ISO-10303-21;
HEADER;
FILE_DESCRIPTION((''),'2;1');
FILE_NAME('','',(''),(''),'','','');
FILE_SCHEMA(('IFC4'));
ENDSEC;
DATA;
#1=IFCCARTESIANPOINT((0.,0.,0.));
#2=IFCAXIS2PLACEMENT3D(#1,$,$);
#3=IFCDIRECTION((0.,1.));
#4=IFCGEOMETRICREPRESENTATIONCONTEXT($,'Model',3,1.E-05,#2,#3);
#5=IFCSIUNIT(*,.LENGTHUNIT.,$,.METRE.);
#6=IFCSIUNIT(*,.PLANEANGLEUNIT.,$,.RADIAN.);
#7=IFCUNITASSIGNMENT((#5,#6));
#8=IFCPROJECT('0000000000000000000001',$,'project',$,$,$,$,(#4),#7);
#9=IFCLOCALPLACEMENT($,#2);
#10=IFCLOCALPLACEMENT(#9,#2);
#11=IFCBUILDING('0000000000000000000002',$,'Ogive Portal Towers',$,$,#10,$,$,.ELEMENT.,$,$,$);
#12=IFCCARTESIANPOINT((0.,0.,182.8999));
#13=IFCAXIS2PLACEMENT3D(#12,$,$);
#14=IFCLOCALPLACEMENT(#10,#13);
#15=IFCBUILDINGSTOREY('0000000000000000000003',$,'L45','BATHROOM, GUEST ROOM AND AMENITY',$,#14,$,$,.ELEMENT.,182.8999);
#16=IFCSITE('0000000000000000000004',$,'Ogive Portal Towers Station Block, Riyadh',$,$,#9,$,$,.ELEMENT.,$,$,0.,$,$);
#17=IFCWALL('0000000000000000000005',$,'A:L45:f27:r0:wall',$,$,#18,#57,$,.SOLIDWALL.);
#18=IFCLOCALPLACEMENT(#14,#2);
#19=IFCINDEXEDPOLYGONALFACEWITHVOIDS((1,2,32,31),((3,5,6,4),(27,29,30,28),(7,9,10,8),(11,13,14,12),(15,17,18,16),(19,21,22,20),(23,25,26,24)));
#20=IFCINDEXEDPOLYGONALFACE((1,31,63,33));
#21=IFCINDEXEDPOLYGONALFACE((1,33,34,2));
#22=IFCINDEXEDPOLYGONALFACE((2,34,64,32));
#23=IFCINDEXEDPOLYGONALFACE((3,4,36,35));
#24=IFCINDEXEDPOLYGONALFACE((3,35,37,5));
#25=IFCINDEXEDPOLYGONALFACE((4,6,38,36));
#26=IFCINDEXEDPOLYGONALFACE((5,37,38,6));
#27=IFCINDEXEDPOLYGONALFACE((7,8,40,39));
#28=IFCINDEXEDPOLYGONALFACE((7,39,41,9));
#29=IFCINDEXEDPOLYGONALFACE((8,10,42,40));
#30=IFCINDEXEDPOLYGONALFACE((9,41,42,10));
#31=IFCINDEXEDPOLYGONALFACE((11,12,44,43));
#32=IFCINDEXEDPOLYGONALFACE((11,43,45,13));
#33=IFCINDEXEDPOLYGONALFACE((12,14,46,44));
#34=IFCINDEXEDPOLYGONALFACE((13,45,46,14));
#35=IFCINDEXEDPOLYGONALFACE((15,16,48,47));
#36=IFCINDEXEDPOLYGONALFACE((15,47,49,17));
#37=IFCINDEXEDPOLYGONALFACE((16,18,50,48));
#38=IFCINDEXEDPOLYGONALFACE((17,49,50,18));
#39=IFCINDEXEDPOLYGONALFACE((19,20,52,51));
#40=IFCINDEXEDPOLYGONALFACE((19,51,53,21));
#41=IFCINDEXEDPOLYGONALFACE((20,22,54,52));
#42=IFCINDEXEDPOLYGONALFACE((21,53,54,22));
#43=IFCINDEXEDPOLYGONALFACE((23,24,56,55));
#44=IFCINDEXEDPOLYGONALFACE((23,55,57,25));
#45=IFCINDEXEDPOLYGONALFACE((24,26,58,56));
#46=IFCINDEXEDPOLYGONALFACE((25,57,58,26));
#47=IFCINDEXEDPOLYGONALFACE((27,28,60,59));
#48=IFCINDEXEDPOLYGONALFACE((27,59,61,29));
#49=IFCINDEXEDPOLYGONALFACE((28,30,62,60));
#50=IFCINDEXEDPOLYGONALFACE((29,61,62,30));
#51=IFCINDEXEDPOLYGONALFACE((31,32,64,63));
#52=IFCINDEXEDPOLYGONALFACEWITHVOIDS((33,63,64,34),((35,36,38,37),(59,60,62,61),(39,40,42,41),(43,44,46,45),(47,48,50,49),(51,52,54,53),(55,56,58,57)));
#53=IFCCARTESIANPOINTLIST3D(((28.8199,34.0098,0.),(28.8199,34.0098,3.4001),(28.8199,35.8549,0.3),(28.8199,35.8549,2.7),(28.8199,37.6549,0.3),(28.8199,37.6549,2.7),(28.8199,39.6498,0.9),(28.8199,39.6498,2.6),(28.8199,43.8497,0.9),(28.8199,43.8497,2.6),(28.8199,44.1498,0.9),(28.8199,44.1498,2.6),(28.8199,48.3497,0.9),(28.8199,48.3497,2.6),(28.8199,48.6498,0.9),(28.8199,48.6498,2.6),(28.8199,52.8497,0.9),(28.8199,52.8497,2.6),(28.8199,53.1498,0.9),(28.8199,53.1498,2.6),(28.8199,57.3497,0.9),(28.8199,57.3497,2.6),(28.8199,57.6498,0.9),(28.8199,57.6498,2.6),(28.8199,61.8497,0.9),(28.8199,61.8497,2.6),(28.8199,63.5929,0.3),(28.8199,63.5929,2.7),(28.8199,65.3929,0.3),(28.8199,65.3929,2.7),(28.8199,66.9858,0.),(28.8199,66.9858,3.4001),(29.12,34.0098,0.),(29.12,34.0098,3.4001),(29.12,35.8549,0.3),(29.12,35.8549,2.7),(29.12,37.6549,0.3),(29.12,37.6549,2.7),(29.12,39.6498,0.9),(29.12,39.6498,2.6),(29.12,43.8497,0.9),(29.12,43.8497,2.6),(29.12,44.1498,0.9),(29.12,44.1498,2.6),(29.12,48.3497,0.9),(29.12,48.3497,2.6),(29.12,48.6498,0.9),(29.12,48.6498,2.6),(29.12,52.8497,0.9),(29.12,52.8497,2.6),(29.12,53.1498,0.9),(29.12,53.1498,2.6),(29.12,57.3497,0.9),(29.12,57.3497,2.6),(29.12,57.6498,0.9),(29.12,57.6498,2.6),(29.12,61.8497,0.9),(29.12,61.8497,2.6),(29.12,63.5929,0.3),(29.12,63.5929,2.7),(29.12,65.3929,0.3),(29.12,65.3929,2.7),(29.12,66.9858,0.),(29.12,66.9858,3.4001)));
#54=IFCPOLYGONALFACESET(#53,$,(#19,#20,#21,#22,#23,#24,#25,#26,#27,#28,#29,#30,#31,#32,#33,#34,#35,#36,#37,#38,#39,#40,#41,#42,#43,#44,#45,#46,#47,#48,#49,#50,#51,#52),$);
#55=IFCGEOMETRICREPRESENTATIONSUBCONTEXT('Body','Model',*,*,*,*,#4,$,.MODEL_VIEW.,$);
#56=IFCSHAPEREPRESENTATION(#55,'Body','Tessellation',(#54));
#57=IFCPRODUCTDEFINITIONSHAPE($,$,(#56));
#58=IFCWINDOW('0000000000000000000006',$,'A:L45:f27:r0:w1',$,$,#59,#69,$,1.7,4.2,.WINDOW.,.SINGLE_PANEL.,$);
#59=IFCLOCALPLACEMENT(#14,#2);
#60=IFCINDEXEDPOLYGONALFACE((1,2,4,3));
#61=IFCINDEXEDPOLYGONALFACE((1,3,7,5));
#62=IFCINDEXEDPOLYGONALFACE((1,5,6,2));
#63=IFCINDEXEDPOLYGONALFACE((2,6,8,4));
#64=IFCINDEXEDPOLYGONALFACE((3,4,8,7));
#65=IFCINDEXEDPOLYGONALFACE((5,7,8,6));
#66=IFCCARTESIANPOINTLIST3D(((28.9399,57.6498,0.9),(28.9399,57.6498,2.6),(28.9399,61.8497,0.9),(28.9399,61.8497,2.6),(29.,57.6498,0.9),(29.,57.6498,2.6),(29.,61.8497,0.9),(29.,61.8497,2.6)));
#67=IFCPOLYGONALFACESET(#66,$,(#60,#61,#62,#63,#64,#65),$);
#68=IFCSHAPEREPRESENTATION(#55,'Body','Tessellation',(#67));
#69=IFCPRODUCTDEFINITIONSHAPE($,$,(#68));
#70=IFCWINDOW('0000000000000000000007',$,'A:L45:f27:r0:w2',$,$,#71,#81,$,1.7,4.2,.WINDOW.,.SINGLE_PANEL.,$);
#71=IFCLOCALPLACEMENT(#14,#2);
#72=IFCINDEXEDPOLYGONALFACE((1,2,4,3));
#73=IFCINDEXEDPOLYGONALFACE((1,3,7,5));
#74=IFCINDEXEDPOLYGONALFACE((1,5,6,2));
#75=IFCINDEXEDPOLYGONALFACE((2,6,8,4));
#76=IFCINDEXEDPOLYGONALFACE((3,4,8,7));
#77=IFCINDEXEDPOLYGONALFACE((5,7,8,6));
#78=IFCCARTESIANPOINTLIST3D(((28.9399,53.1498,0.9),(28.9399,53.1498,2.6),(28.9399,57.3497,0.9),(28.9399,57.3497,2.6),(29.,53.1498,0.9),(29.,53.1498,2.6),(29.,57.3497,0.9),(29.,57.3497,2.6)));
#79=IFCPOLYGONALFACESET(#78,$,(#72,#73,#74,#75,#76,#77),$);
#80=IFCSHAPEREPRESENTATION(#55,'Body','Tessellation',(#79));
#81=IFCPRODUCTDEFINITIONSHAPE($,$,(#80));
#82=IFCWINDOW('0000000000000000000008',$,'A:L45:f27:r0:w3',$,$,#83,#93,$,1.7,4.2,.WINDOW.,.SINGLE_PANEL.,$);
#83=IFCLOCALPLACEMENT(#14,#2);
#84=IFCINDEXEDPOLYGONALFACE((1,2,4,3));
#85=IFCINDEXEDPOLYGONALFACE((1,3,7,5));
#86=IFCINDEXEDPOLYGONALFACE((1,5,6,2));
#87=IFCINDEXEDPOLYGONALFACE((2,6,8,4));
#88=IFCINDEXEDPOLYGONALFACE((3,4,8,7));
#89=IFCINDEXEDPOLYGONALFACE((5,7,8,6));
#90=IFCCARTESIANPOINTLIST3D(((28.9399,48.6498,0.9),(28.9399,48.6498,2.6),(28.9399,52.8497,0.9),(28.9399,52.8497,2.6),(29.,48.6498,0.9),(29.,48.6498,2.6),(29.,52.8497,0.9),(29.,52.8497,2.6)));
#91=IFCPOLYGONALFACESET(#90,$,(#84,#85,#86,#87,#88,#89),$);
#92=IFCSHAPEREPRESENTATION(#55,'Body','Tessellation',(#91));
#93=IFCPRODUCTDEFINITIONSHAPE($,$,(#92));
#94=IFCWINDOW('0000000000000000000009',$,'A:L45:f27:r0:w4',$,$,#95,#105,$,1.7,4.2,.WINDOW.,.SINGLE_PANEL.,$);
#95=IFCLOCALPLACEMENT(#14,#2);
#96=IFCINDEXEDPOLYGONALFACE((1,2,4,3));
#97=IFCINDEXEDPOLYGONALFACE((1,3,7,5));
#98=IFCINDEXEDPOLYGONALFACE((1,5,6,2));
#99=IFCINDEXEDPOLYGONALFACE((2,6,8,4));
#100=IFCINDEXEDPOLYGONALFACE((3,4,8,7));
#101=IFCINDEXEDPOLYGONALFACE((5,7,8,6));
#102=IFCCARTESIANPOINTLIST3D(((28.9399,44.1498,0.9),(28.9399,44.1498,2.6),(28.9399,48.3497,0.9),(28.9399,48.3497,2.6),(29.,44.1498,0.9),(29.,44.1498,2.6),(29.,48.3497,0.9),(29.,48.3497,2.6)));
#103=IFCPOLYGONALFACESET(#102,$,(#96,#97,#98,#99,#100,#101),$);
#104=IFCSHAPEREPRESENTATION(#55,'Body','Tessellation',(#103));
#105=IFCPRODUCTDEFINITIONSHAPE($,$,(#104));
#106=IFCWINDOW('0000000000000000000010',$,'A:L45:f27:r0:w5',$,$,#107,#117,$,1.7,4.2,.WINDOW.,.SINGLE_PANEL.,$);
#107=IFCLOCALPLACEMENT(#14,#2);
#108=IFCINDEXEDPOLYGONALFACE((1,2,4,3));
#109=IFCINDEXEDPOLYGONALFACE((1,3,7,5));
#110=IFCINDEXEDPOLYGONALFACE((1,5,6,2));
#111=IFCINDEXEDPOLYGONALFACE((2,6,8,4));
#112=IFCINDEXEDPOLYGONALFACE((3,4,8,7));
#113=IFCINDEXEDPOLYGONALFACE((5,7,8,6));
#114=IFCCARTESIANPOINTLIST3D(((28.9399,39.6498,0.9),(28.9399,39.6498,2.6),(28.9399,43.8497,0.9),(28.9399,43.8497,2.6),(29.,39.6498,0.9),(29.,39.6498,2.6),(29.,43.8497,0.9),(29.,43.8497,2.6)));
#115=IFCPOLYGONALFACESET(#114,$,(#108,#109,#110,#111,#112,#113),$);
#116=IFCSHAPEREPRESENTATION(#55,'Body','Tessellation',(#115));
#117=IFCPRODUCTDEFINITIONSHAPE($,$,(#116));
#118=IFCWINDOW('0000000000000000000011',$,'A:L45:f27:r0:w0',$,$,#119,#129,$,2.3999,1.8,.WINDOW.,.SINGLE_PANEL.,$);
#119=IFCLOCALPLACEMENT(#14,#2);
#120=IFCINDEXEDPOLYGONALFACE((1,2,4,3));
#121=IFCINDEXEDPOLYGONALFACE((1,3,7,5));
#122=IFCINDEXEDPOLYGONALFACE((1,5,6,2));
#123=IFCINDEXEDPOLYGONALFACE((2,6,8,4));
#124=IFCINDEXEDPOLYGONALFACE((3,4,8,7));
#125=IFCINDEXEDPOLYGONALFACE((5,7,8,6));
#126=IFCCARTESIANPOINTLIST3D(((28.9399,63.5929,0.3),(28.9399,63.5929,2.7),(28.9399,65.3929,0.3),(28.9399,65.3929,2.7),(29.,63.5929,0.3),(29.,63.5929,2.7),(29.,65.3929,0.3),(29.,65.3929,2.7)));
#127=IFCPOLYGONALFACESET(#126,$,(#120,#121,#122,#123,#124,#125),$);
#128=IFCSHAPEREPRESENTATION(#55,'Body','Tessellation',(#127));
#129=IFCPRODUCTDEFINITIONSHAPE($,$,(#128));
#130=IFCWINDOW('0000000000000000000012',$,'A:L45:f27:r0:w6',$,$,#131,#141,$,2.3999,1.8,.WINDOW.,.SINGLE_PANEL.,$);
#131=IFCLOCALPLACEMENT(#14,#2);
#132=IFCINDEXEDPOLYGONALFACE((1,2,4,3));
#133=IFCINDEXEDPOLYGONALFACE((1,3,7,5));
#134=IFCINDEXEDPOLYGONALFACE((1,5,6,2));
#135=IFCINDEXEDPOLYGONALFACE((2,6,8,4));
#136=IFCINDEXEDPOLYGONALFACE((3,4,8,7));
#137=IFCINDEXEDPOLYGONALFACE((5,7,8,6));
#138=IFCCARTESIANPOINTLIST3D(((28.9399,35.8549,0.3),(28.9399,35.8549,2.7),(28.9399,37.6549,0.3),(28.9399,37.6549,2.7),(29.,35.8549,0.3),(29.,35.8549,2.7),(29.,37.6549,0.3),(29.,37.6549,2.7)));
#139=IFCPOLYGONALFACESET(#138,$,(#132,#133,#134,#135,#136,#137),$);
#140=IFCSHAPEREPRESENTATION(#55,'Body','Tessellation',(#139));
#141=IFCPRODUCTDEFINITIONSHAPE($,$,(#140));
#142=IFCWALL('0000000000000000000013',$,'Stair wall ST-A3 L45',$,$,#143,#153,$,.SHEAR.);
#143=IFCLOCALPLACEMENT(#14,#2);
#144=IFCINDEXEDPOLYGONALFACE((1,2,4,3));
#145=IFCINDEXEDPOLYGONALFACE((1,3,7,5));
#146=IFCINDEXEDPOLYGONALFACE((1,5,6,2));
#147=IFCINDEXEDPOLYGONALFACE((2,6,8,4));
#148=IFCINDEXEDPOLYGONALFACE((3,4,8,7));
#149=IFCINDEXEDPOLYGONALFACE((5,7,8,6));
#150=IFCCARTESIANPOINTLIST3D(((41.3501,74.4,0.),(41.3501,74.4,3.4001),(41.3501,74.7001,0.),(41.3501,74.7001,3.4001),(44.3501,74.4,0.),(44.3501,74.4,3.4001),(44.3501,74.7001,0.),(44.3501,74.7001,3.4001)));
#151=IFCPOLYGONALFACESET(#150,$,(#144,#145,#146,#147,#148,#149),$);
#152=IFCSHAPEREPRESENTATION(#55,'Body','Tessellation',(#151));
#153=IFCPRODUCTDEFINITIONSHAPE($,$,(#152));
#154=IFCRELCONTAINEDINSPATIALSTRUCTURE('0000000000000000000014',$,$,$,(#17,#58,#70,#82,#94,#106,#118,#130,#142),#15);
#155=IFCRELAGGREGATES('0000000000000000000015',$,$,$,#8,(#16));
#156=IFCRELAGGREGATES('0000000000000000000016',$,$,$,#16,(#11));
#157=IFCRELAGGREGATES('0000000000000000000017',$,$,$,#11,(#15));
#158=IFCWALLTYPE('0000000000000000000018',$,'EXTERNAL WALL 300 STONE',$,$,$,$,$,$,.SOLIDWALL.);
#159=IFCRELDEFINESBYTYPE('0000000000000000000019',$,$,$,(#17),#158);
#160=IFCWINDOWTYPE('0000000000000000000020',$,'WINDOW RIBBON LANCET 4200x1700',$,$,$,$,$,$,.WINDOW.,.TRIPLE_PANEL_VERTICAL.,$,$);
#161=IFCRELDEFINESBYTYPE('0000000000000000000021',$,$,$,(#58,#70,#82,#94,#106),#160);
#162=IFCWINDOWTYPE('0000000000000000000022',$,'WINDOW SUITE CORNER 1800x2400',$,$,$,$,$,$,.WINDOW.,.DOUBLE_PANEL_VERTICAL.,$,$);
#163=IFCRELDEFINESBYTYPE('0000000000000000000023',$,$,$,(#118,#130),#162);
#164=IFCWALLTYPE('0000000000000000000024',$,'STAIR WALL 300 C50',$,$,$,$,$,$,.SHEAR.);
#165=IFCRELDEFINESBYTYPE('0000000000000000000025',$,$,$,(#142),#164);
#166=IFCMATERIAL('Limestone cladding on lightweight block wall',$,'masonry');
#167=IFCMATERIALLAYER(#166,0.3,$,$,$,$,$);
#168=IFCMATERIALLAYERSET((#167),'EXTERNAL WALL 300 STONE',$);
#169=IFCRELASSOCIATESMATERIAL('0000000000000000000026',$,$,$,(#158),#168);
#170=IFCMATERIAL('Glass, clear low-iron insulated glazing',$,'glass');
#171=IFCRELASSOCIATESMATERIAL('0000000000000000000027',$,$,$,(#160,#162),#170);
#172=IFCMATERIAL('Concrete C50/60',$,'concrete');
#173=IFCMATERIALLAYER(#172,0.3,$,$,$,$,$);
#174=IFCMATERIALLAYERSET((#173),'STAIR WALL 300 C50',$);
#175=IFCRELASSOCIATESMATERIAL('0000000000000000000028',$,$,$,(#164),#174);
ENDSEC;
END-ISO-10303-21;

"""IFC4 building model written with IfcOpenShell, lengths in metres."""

from ifc_helpers import new_model, si_unit, direction, frame, frame_2d, origin, place, context, subcontext, project, spatial, rectangle, extrude, material, layer, layer_set, type_object, element, fill, save


model = new_model("IFC4")

# Units and contexts
model_context = context("Model", 3, precision=1e-05, world=origin(), true_north=direction((0.0, 1.0)))
body_context = subcontext(model_context, "Body", "Model", "MODEL_VIEW")
ifc_project = project(units=[si_unit("LENGTHUNIT", "METRE"), si_unit("PLANEANGLEUNIT", "RADIAN")], contexts=[model_context])

# Site, building, storey
site_placement = place(None, origin())
site = spatial("IfcSite", under=ifc_project, at=site_placement, Name="Ogive Portal Towers Station Block, Riyadh", CompositionType="ELEMENT", RefElevation=0.0)
building_placement = place(site_placement, origin())
building = spatial("IfcBuilding", under=site, at=building_placement, Name="Ogive Portal Towers", CompositionType="ELEMENT")
storey_placement = place(building_placement, frame((0.0, 0.0, 182.8999)))
storey = spatial("IfcBuildingStorey", under=building, at=storey_placement, Name="L45", Description="BATHROOM, GUEST ROOM AND AMENITY", CompositionType="ELEMENT", Elevation=182.8999)

# Shared definitions
ifc_material_1 = material(Name="Glass, clear low-iron insulated glazing", Category="glass")

# Wall, openings, windows
ifc_material_2 = material(Name="Limestone cladding on lightweight block wall", Category="masonry")
ifc_layer_1 = layer(ifc_material_2, 0.3)
ifc_layer_set_1 = layer_set([ifc_layer_1], Name="EXTERNAL WALL 300 STONE")
wall_type_1 = type_object("IfcWallType", Name="EXTERNAL WALL 300 STONE", PredefinedType="SOLIDWALL", material=ifc_layer_set_1)
wall_1_placement = place(storey_placement, frame((28.97, 66.9858, 0.0), z_axis=(0.0, 0.0, 1.0), x_axis=(0.0, -1.0, 0.0)))
wall_1 = element("IfcWall", 1, at=wall_1_placement, inside=storey, type_object=wall_type_1, Name="A:L45:f27:r0:wall", PredefinedType="SOLIDWALL", context=body_context, shape_type="SweptSolid", body=[
    extrude(rectangle(XDim=32.9761, YDim=0.3, at=frame_2d((16.488, 0.0))), origin(), (0.0, 0.0, 1.0), 3.4001),
])
opening_1_placement = place(wall_1_placement, frame((1.593, 0.0, 0.3)))
opening_1 = element("IfcOpeningElement", 2, at=opening_1_placement, cuts=wall_1, PredefinedType="OPENING", context=body_context, shape_type="SweptSolid", body=[
    extrude(rectangle(XDim=1.8, YDim=2.3999, at=frame_2d((0.8999, 1.2))), frame((0.0, 0.1602, 0.0), z_axis=(0.0, -1.0, 0.0), x_axis=(1.0, 0.0, 0.0)), (0.0, 0.0, 1.0), 0.3201),
])
opening_2_placement = place(wall_1_placement, frame((5.136, 0.0, 0.8999)))
opening_2 = element("IfcOpeningElement", 3, at=opening_2_placement, cuts=wall_1, PredefinedType="OPENING", context=body_context, shape_type="SweptSolid", body=[
    extrude(rectangle(XDim=4.2, YDim=1.7, at=frame_2d((2.1001, 0.8501))), frame((0.0, 0.1602, 0.0), z_axis=(0.0, -1.0, 0.0), x_axis=(1.0, 0.0, 0.0)), (0.0, 0.0, 1.0), 0.3201),
])
opening_3_placement = place(wall_1_placement, frame((9.636, 0.0, 0.8999)))
opening_3 = element("IfcOpeningElement", 4, at=opening_3_placement, cuts=wall_1, PredefinedType="OPENING", context=body_context, shape_type="SweptSolid", body=[
    extrude(rectangle(XDim=4.2, YDim=1.7, at=frame_2d((2.1001, 0.8501))), frame((0.0, 0.1602, 0.0), z_axis=(0.0, -1.0, 0.0), x_axis=(1.0, 0.0, 0.0)), (0.0, 0.0, 1.0), 0.3201),
])
opening_4_placement = place(wall_1_placement, frame((14.136, 0.0, 0.8999)))
opening_4 = element("IfcOpeningElement", 5, at=opening_4_placement, cuts=wall_1, PredefinedType="OPENING", context=body_context, shape_type="SweptSolid", body=[
    extrude(rectangle(XDim=4.2, YDim=1.7, at=frame_2d((2.1001, 0.8501))), frame((0.0, 0.1602, 0.0), z_axis=(0.0, -1.0, 0.0), x_axis=(1.0, 0.0, 0.0)), (0.0, 0.0, 1.0), 0.3201),
])
opening_5_placement = place(wall_1_placement, frame((18.636, 0.0, 0.8999)))
opening_5 = element("IfcOpeningElement", 6, at=opening_5_placement, cuts=wall_1, PredefinedType="OPENING", context=body_context, shape_type="SweptSolid", body=[
    extrude(rectangle(XDim=4.2, YDim=1.7, at=frame_2d((2.1001, 0.8501))), frame((0.0, 0.1602, 0.0), z_axis=(0.0, -1.0, 0.0), x_axis=(1.0, 0.0, 0.0)), (0.0, 0.0, 1.0), 0.3201),
])
opening_6_placement = place(wall_1_placement, frame((23.136, 0.0, 0.8999)))
opening_6 = element("IfcOpeningElement", 7, at=opening_6_placement, cuts=wall_1, PredefinedType="OPENING", context=body_context, shape_type="SweptSolid", body=[
    extrude(rectangle(XDim=4.2, YDim=1.7, at=frame_2d((2.1001, 0.8501))), frame((0.0, 0.1602, 0.0), z_axis=(0.0, -1.0, 0.0), x_axis=(1.0, 0.0, 0.0)), (0.0, 0.0, 1.0), 0.3201),
])
opening_7_placement = place(wall_1_placement, frame((29.3311, 0.0, 0.3)))
opening_7 = element("IfcOpeningElement", 8, at=opening_7_placement, cuts=wall_1, PredefinedType="OPENING", context=body_context, shape_type="SweptSolid", body=[
    extrude(rectangle(XDim=1.8, YDim=2.3999, at=frame_2d((0.8999, 1.2))), frame((0.0, 0.1602, 0.0), z_axis=(0.0, -1.0, 0.0), x_axis=(1.0, 0.0, 0.0)), (0.0, 0.0, 1.0), 0.3201),
])
window_type_1 = type_object("IfcWindowType", Name="WINDOW RIBBON LANCET 4200x1700", PartitioningType="TRIPLE_PANEL_VERTICAL", PredefinedType="WINDOW", material=ifc_material_1)
window_1_placement = place(opening_2_placement, origin())
window_1 = element("IfcWindow", 9, at=window_1_placement, inside=storey, type_object=window_type_1, Name="A:L45:f27:r0:w1", OverallHeight=1.7, OverallWidth=4.2, PartitioningType="SINGLE_PANEL", PredefinedType="WINDOW", context=body_context, shape_type="SweptSolid", body=[
    extrude(rectangle(XDim=4.2, YDim=1.7, at=frame_2d((2.1001, 0.8501))), frame((0.0, 0.03, 0.0), z_axis=(0.0, -1.0, 0.0), x_axis=(1.0, 0.0, 0.0)), (0.0, 0.0, 1.0), 0.0601),
])
fill(opening_2, window_1)
window_2_placement = place(opening_3_placement, origin())
window_2 = element("IfcWindow", 10, at=window_2_placement, inside=storey, type_object=window_type_1, Name="A:L45:f27:r0:w2", OverallHeight=1.7, OverallWidth=4.2, PartitioningType="SINGLE_PANEL", PredefinedType="WINDOW", context=body_context, shape_type="SweptSolid", body=[
    extrude(rectangle(XDim=4.2, YDim=1.7, at=frame_2d((2.1001, 0.8501))), frame((0.0, 0.03, 0.0), z_axis=(0.0, -1.0, 0.0), x_axis=(1.0, 0.0, 0.0)), (0.0, 0.0, 1.0), 0.0601),
])
fill(opening_3, window_2)
window_3_placement = place(opening_4_placement, origin())
window_3 = element("IfcWindow", 11, at=window_3_placement, inside=storey, type_object=window_type_1, Name="A:L45:f27:r0:w3", OverallHeight=1.7, OverallWidth=4.2, PartitioningType="SINGLE_PANEL", PredefinedType="WINDOW", context=body_context, shape_type="SweptSolid", body=[
    extrude(rectangle(XDim=4.2, YDim=1.7, at=frame_2d((2.1001, 0.8501))), frame((0.0, 0.03, 0.0), z_axis=(0.0, -1.0, 0.0), x_axis=(1.0, 0.0, 0.0)), (0.0, 0.0, 1.0), 0.0601),
])
fill(opening_4, window_3)
window_4_placement = place(opening_5_placement, origin())
window_4 = element("IfcWindow", 12, at=window_4_placement, inside=storey, type_object=window_type_1, Name="A:L45:f27:r0:w4", OverallHeight=1.7, OverallWidth=4.2, PartitioningType="SINGLE_PANEL", PredefinedType="WINDOW", context=body_context, shape_type="SweptSolid", body=[
    extrude(rectangle(XDim=4.2, YDim=1.7, at=frame_2d((2.1001, 0.8501))), frame((0.0, 0.03, 0.0), z_axis=(0.0, -1.0, 0.0), x_axis=(1.0, 0.0, 0.0)), (0.0, 0.0, 1.0), 0.0601),
])
fill(opening_5, window_4)
window_5_placement = place(opening_6_placement, origin())
window_5 = element("IfcWindow", 13, at=window_5_placement, inside=storey, type_object=window_type_1, Name="A:L45:f27:r0:w5", OverallHeight=1.7, OverallWidth=4.2, PartitioningType="SINGLE_PANEL", PredefinedType="WINDOW", context=body_context, shape_type="SweptSolid", body=[
    extrude(rectangle(XDim=4.2, YDim=1.7, at=frame_2d((2.1001, 0.8501))), frame((0.0, 0.03, 0.0), z_axis=(0.0, -1.0, 0.0), x_axis=(1.0, 0.0, 0.0)), (0.0, 0.0, 1.0), 0.0601),
])
fill(opening_6, window_5)
window_type_2 = type_object("IfcWindowType", Name="WINDOW SUITE CORNER 1800x2400", PartitioningType="DOUBLE_PANEL_VERTICAL", PredefinedType="WINDOW", material=ifc_material_1)
window_6_placement = place(opening_1_placement, origin())
window_6 = element("IfcWindow", 14, at=window_6_placement, inside=storey, type_object=window_type_2, Name="A:L45:f27:r0:w0", OverallHeight=2.3999, OverallWidth=1.8, PartitioningType="SINGLE_PANEL", PredefinedType="WINDOW", context=body_context, shape_type="SweptSolid", body=[
    extrude(rectangle(XDim=1.8, YDim=2.3999, at=frame_2d((0.8999, 1.2))), frame((0.0, 0.03, 0.0), z_axis=(0.0, -1.0, 0.0), x_axis=(1.0, 0.0, 0.0)), (0.0, 0.0, 1.0), 0.0601),
])
fill(opening_1, window_6)
window_7_placement = place(opening_7_placement, origin())
window_7 = element("IfcWindow", 15, at=window_7_placement, inside=storey, type_object=window_type_2, Name="A:L45:f27:r0:w6", OverallHeight=2.3999, OverallWidth=1.8, PartitioningType="SINGLE_PANEL", PredefinedType="WINDOW", context=body_context, shape_type="SweptSolid", body=[
    extrude(rectangle(XDim=1.8, YDim=2.3999, at=frame_2d((0.8999, 1.2))), frame((0.0, 0.03, 0.0), z_axis=(0.0, -1.0, 0.0), x_axis=(1.0, 0.0, 0.0)), (0.0, 0.0, 1.0), 0.0601),
])
fill(opening_7, window_7)

# Wall
ifc_material_3 = material(Name="Concrete C50/60", Category="concrete")
ifc_layer_2 = layer(ifc_material_3, 0.3)
ifc_layer_set_2 = layer_set([ifc_layer_2], Name="STAIR WALL 300 C50")
wall_type_2 = type_object("IfcWallType", Name="STAIR WALL 300 C50", PredefinedType="SHEAR", material=ifc_layer_set_2)
wall_2_placement = place(storey_placement, frame((41.3501, 74.55, 0.0), z_axis=(0.0, 0.0, 1.0), x_axis=(1.0, 0.0, 0.0)))
element("IfcWall", 16, at=wall_2_placement, inside=storey, type_object=wall_type_2, Name="Stair wall ST-A3 L45", PredefinedType="SHEAR", context=body_context, shape_type="SweptSolid", body=[
    extrude(rectangle(XDim=3.0, YDim=0.3, at=frame_2d((1.5, 0.0))), origin(), (0.0, 0.0, 1.0), 3.4001),
])

save(model, "model.ifc")
